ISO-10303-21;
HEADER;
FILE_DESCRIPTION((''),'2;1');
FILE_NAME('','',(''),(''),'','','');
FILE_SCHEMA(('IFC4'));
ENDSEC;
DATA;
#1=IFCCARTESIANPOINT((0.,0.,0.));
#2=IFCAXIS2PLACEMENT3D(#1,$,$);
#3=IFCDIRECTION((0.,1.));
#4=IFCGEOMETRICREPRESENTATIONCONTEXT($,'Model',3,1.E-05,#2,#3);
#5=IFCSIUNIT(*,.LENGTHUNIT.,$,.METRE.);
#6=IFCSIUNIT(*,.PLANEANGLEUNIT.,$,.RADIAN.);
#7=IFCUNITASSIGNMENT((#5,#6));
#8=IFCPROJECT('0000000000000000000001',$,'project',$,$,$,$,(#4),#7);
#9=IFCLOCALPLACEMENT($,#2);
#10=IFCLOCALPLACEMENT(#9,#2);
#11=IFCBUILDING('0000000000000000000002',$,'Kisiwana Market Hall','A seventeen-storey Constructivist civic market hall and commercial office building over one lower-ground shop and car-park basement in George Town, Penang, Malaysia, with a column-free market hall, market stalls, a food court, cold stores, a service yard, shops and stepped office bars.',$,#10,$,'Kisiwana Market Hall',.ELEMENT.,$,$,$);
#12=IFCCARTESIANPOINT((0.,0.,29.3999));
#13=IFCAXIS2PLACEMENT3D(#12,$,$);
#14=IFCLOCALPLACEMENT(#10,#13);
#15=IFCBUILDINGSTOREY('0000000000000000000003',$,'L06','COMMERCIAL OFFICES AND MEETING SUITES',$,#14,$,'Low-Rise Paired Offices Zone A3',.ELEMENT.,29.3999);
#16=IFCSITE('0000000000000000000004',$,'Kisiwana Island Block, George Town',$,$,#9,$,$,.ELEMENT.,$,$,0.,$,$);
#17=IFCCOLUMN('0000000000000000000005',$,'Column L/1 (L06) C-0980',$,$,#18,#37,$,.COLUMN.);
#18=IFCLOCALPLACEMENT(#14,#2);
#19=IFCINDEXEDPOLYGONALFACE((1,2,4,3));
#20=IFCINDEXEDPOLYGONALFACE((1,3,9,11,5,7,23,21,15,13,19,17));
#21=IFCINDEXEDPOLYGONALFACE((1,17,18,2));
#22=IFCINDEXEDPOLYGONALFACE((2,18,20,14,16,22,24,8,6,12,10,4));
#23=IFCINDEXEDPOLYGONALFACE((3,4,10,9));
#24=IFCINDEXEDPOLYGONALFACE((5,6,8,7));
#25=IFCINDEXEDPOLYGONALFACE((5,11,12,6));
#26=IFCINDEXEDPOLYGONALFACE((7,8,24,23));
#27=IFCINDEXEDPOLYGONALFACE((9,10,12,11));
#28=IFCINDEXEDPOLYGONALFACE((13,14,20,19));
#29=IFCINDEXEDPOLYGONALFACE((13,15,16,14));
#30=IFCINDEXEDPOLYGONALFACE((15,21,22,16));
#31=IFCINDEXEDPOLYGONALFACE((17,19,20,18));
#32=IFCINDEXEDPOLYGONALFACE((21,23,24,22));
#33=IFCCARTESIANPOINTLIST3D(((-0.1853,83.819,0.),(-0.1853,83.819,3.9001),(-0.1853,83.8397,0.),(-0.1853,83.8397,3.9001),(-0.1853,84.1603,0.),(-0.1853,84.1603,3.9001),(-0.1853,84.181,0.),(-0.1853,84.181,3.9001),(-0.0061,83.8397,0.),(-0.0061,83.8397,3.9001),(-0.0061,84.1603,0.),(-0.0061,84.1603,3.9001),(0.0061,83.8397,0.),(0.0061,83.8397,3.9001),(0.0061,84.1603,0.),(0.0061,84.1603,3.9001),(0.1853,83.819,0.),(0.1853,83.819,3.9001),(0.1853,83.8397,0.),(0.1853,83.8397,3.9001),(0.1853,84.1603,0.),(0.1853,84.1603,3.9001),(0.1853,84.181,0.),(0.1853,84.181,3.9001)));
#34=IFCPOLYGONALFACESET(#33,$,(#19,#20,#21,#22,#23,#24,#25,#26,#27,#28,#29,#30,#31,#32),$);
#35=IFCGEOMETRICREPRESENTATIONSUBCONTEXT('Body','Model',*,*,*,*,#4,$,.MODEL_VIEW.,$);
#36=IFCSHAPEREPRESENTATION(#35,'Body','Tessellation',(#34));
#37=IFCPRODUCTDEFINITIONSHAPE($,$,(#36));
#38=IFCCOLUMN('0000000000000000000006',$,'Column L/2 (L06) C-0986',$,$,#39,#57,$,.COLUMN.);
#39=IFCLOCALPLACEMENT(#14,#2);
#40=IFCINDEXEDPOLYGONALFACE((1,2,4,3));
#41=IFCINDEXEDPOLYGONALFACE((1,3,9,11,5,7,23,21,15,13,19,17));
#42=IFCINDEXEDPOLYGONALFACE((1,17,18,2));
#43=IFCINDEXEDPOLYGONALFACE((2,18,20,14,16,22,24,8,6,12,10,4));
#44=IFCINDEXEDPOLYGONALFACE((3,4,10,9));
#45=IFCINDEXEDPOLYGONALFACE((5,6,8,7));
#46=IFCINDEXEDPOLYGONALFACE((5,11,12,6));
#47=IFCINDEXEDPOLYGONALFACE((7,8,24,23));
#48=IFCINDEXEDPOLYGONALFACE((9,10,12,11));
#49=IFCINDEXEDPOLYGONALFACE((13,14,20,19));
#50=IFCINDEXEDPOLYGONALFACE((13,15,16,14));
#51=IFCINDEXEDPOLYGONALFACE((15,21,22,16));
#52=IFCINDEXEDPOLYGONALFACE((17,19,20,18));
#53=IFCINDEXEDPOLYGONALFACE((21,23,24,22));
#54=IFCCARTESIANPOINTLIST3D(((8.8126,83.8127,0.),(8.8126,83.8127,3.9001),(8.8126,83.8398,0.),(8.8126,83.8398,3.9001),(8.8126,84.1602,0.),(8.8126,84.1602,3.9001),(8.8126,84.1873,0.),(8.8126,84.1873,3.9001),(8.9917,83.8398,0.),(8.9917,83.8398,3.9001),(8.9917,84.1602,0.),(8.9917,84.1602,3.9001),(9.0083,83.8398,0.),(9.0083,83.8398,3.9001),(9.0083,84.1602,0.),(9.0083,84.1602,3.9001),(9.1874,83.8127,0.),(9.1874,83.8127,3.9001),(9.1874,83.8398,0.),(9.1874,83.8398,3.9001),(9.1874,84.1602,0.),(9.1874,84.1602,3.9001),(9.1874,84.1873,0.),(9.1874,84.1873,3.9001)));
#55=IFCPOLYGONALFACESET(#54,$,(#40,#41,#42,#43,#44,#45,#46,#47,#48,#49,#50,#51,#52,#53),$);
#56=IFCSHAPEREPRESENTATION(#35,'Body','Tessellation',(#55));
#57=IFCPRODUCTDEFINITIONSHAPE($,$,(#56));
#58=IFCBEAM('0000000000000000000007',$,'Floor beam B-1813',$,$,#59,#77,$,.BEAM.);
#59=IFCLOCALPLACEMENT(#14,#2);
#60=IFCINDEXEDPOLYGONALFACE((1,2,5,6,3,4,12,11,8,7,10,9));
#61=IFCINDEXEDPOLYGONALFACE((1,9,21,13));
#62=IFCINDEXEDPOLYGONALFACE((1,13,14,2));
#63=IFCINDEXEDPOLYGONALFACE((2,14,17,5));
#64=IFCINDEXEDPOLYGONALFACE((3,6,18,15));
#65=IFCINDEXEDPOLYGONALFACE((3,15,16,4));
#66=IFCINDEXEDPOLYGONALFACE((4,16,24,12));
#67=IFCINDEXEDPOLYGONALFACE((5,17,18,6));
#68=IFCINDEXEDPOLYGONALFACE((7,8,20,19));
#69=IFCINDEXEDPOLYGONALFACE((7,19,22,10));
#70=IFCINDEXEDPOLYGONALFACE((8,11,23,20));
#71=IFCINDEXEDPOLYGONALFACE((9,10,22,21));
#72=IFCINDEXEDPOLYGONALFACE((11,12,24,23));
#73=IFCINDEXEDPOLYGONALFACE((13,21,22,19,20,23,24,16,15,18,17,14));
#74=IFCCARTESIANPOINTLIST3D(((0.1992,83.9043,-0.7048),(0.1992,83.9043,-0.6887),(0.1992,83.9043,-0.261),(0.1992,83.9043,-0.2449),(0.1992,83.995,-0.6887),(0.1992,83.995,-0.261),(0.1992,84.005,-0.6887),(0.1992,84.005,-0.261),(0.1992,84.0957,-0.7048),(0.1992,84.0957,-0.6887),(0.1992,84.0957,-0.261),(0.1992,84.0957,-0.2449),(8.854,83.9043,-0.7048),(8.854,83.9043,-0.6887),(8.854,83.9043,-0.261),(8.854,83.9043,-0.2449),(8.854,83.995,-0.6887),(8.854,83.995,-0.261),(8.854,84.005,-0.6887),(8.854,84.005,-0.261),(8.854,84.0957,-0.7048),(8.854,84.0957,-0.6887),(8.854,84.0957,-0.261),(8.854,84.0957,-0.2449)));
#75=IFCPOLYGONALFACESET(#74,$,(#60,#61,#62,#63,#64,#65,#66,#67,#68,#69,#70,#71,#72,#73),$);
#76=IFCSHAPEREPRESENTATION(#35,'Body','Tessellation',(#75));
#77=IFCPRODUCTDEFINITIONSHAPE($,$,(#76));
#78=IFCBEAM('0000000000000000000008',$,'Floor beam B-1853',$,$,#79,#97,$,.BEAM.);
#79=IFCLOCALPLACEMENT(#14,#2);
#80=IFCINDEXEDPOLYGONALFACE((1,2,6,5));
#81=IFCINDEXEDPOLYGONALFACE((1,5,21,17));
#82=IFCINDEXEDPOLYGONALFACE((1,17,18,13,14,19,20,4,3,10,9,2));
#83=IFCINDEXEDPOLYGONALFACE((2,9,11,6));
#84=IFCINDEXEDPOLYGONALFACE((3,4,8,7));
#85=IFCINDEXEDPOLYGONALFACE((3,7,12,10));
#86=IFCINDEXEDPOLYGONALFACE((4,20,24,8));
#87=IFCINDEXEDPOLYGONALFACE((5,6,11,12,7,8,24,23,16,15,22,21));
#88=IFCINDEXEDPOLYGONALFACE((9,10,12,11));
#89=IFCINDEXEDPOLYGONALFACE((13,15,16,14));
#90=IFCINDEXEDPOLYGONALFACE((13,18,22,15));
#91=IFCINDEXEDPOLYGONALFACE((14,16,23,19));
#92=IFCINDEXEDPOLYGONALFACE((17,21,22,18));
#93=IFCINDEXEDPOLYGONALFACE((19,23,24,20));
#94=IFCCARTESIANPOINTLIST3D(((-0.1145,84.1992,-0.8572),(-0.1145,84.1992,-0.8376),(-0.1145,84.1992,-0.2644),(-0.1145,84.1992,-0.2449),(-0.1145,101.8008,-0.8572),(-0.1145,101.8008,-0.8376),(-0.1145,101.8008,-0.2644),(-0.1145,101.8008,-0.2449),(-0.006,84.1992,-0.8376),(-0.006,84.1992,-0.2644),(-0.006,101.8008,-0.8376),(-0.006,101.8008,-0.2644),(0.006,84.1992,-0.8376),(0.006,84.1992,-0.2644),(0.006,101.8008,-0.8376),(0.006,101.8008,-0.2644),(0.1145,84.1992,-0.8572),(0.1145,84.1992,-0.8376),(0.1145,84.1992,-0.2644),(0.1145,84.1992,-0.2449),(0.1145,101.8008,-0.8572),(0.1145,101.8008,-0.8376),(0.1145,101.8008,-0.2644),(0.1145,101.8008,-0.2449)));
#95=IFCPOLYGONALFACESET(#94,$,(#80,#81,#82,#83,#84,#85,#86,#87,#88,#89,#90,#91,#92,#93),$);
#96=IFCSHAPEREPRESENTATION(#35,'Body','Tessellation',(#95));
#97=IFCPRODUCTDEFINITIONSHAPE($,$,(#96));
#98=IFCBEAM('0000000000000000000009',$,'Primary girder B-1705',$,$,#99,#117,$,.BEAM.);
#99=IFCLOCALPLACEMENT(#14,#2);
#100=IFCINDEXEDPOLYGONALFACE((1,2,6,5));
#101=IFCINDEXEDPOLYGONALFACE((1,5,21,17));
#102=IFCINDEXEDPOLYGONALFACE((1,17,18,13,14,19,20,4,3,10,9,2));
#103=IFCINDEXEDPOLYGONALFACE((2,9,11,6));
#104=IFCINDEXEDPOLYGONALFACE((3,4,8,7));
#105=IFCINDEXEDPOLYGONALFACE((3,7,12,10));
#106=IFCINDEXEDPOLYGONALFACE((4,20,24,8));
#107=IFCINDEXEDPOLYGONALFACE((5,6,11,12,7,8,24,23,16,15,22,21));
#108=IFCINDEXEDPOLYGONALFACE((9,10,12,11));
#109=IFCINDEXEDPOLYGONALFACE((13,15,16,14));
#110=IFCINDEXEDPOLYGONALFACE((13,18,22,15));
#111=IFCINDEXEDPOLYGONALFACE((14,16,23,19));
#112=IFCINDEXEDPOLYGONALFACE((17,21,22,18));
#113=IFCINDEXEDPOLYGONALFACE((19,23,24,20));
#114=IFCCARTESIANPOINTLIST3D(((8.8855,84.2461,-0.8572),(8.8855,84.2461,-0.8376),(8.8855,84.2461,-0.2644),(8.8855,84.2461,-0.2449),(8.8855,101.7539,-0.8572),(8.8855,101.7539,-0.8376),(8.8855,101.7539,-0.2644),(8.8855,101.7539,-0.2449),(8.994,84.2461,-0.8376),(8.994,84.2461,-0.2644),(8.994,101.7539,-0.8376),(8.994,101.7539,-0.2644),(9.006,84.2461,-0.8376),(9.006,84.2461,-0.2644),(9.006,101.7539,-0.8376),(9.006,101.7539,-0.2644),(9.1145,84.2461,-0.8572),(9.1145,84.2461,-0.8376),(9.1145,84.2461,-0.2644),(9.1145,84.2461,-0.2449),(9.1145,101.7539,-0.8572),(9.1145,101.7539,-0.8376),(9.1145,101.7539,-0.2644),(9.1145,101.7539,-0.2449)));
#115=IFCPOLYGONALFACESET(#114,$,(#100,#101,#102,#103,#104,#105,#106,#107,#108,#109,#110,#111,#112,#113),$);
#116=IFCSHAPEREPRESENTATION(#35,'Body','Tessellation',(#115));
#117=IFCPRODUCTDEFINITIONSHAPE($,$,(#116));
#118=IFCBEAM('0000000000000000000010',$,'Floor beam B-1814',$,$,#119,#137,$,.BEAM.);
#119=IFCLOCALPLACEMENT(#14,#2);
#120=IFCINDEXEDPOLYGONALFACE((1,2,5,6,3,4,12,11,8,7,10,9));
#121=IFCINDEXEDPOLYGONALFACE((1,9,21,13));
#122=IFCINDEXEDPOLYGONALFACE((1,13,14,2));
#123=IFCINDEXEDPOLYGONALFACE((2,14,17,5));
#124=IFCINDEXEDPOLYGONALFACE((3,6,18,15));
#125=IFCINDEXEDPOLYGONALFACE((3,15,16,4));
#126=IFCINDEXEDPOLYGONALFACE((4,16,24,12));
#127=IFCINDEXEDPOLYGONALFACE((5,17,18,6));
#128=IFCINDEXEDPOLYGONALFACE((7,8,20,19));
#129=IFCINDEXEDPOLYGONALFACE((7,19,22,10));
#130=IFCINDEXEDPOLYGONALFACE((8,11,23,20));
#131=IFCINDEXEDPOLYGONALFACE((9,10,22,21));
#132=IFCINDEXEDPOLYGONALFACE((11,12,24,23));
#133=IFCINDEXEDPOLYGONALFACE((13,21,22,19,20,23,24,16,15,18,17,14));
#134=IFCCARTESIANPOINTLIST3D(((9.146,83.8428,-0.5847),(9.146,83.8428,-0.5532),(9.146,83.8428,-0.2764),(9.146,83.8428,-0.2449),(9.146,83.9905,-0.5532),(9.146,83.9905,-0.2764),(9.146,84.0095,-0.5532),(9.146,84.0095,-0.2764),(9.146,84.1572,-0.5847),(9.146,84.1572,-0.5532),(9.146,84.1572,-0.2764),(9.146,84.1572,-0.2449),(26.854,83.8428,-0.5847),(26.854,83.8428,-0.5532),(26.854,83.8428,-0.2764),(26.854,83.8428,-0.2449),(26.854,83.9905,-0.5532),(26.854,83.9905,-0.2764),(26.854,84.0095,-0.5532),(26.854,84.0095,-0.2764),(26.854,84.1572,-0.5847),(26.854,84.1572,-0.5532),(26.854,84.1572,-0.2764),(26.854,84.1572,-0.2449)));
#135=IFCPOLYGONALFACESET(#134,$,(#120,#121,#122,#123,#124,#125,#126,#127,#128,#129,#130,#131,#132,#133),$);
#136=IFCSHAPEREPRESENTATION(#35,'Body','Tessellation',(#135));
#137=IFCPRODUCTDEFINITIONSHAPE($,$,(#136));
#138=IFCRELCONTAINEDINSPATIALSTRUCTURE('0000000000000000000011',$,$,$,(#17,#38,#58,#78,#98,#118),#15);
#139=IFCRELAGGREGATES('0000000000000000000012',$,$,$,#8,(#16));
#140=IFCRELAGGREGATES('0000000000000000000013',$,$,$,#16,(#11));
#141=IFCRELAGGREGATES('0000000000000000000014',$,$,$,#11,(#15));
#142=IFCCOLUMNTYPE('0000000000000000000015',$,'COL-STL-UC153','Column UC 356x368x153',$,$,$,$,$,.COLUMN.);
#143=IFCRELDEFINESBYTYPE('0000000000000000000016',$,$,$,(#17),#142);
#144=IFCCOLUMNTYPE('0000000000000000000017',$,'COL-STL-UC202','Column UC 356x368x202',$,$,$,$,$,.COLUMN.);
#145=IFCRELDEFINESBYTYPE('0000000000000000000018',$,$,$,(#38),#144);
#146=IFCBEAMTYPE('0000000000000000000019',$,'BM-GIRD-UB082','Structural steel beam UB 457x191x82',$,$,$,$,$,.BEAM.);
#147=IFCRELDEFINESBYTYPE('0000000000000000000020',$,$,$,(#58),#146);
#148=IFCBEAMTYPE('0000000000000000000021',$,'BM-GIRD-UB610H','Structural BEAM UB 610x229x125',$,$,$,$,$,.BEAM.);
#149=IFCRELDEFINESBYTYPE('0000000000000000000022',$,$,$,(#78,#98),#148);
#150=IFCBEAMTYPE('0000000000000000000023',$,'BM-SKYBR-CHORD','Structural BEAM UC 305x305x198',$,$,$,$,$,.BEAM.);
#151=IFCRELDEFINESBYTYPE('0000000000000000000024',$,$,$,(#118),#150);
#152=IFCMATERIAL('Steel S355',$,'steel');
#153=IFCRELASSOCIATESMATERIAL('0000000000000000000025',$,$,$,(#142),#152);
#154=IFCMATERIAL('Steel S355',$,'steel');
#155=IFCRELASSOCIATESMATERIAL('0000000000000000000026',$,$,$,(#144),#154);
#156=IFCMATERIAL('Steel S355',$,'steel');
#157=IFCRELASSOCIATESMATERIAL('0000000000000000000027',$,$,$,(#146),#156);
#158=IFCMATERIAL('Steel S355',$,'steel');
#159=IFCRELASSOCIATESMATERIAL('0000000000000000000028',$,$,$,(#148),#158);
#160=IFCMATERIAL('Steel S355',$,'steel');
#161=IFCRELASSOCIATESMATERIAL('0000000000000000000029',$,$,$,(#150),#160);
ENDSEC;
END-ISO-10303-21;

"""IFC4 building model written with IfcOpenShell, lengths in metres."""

from ifc_helpers import new_model, si_unit, direction, frame, origin, origin_2d, place, context, subcontext, project, spatial, i_section, extrude, material, material_profile, profile_set, type_object, element, save


model = new_model("IFC4")

# Units and contexts
model_context = context("Model", 3, precision=1e-05, world=origin(), true_north=direction((0.0, 1.0)))
body_context = subcontext(model_context, "Body", "Model", "MODEL_VIEW")
ifc_project = project(units=[si_unit("LENGTHUNIT", "METRE"), si_unit("PLANEANGLEUNIT", "RADIAN")], contexts=[model_context])

# Site, building, storey
site_placement = place(None, origin())
site = spatial("IfcSite", under=ifc_project, at=site_placement, Name="Kisiwana Island Block, George Town", CompositionType="ELEMENT", RefElevation=0.0)
building_placement = place(site_placement, origin())
building = spatial("IfcBuilding", under=site, at=building_placement, Name="Kisiwana Market Hall", Description="A seventeen-storey Constructivist civic market hall and commercial office building over one lower-ground shop and car-park basement in George Town, Penang, Malaysia, with a column-free market hall, market stalls, a food court, cold stores, a service yard, shops and stepped office bars.", LongName="Kisiwana Market Hall", CompositionType="ELEMENT")
storey_placement = place(building_placement, frame((0.0, 0.0, 29.3999)))
storey = spatial("IfcBuildingStorey", under=building, at=storey_placement, Name="L06", Description="COMMERCIAL OFFICES AND MEETING SUITES", LongName="Low-Rise Paired Offices Zone A3", CompositionType="ELEMENT", Elevation=29.3999)

# Columns
ifc_material_1 = material(Name="Steel S355", Category="steel")
ifc_material_profile_1 = material_profile(ifc_material_1, i_section(OverallWidth=0.3706, OverallDepth=0.3621, WebThickness=0.0122, FlangeThickness=0.0208, at=origin_2d()), Name="UC 356x368x153")
ifc_profile_set_1 = profile_set([ifc_material_profile_1], Name="Steel S355")
column_type_1 = type_object("IfcColumnType", Name="COL-STL-UC153", Description="Column UC 356x368x153", PredefinedType="COLUMN", material=ifc_profile_set_1)
column_1_placement = place(storey_placement, frame((0.0, 84.0, 0.0), z_axis=(0.0, 0.0, 1.0), x_axis=(1.0, 0.0, 0.0)))
element("IfcColumn", 1, at=column_1_placement, inside=storey, type_object=column_type_1, Name="Column L/1 (L06) C-0980", PredefinedType="COLUMN", context=body_context, shape_type="SweptSolid", body=[
    extrude(i_section(OverallWidth=0.3706, OverallDepth=0.3621, WebThickness=0.0122, FlangeThickness=0.0208, at=origin_2d()), origin(), (0.0, 0.0, 1.0), 3.9001),
])
ifc_material_2 = material(Name="Steel S355", Category="steel")
ifc_material_profile_2 = material_profile(ifc_material_2, i_section(OverallWidth=0.3748, OverallDepth=0.3745, WebThickness=0.0166, FlangeThickness=0.0271, at=origin_2d()), Name="UC 356x368x202")
ifc_profile_set_2 = profile_set([ifc_material_profile_2], Name="Steel S355")
column_type_2 = type_object("IfcColumnType", Name="COL-STL-UC202", Description="Column UC 356x368x202", PredefinedType="COLUMN", material=ifc_profile_set_2)
column_2_placement = place(storey_placement, frame((9.0, 84.0, 0.0), z_axis=(0.0, 0.0, 1.0), x_axis=(1.0, 0.0, 0.0)))
element("IfcColumn", 2, at=column_2_placement, inside=storey, type_object=column_type_2, Name="Column L/2 (L06) C-0986", PredefinedType="COLUMN", context=body_context, shape_type="SweptSolid", body=[
    extrude(i_section(OverallWidth=0.3748, OverallDepth=0.3745, WebThickness=0.0166, FlangeThickness=0.0271, at=origin_2d()), origin(), (0.0, 0.0, 1.0), 3.9001),
])

# Beams
ifc_material_3 = material(Name="Steel S355", Category="steel")
ifc_material_profile_3 = material_profile(ifc_material_3, i_section(OverallWidth=0.1914, OverallDepth=0.46, WebThickness=0.01, FlangeThickness=0.0161, at=origin_2d()), Name="UB 457x191x82")
ifc_profile_set_3 = profile_set([ifc_material_profile_3], Name="Steel S355")
beam_type_1 = type_object("IfcBeamType", Name="BM-GIRD-UB082", Description="Structural steel beam UB 457x191x82", PredefinedType="BEAM", material=ifc_profile_set_3)
beam_1_placement = place(storey_placement, frame((0.1992, 84.0, -0.4749), z_axis=(1.0, 0.0, 0.0), x_axis=(0.0, 1.0, 0.0)))
element("IfcBeam", 3, at=beam_1_placement, inside=storey, type_object=beam_type_1, Name="Floor beam B-1813", PredefinedType="BEAM", context=body_context, shape_type="SweptSolid", body=[
    extrude(i_section(OverallWidth=0.1914, OverallDepth=0.46, WebThickness=0.01, FlangeThickness=0.0161, at=origin_2d()), origin(), (0.0, 0.0, 1.0), 8.6548),
])
ifc_material_4 = material(Name="Steel S355", Category="steel")
ifc_material_profile_4 = material_profile(ifc_material_4, i_section(OverallWidth=0.229, OverallDepth=0.6123, WebThickness=0.012, FlangeThickness=0.0195, at=origin_2d()), Name="UB 610x229x125")
ifc_profile_set_4 = profile_set([ifc_material_profile_4], Name="Steel S355")
beam_type_2 = type_object("IfcBeamType", Name="BM-GIRD-UB610H", Description="Structural BEAM UB 610x229x125", PredefinedType="BEAM", material=ifc_profile_set_4)
beam_2_placement = place(storey_placement, frame((0.0, 84.1992, -0.551), z_axis=(0.0, 1.0, 0.0), x_axis=(-1.0, 0.0, 0.0)))
element("IfcBeam", 4, at=beam_2_placement, inside=storey, type_object=beam_type_2, Name="Floor beam B-1853", PredefinedType="BEAM", context=body_context, shape_type="SweptSolid", body=[
    extrude(i_section(OverallWidth=0.229, OverallDepth=0.6123, WebThickness=0.012, FlangeThickness=0.0195, at=origin_2d()), origin(), (0.0, 0.0, 1.0), 17.6016),
])
beam_3_placement = place(storey_placement, frame((9.0, 84.2461, -0.551), z_axis=(0.0, 1.0, 0.0), x_axis=(-1.0, 0.0, 0.0)))
element("IfcBeam", 5, at=beam_3_placement, inside=storey, type_object=beam_type_2, Name="Primary girder B-1705", PredefinedType="BEAM", context=body_context, shape_type="SweptSolid", body=[
    extrude(i_section(OverallWidth=0.229, OverallDepth=0.6123, WebThickness=0.012, FlangeThickness=0.0195, at=origin_2d()), origin(), (0.0, 0.0, 1.0), 17.5078),
])
ifc_material_5 = material(Name="Steel S355", Category="steel")
ifc_material_profile_5 = material_profile(ifc_material_5, i_section(OverallWidth=0.3145, OverallDepth=0.3398, WebThickness=0.019, FlangeThickness=0.0315, at=origin_2d()), Name="UC 305x305x198")
ifc_profile_set_5 = profile_set([ifc_material_profile_5], Name="Steel S355")
beam_type_3 = type_object("IfcBeamType", Name="BM-SKYBR-CHORD", Description="Structural BEAM UC 305x305x198", PredefinedType="BEAM", material=ifc_profile_set_5)
beam_4_placement = place(storey_placement, frame((9.146, 84.0, -0.4148), z_axis=(1.0, 0.0, 0.0), x_axis=(0.0, 1.0, 0.0)))
element("IfcBeam", 6, at=beam_4_placement, inside=storey, type_object=beam_type_3, Name="Floor beam B-1814", PredefinedType="BEAM", context=body_context, shape_type="SweptSolid", body=[
    extrude(i_section(OverallWidth=0.3145, OverallDepth=0.3398, WebThickness=0.019, FlangeThickness=0.0315, at=origin_2d()), origin(), (0.0, 0.0, 1.0), 17.708),
])

save(model, "model.ifc")
